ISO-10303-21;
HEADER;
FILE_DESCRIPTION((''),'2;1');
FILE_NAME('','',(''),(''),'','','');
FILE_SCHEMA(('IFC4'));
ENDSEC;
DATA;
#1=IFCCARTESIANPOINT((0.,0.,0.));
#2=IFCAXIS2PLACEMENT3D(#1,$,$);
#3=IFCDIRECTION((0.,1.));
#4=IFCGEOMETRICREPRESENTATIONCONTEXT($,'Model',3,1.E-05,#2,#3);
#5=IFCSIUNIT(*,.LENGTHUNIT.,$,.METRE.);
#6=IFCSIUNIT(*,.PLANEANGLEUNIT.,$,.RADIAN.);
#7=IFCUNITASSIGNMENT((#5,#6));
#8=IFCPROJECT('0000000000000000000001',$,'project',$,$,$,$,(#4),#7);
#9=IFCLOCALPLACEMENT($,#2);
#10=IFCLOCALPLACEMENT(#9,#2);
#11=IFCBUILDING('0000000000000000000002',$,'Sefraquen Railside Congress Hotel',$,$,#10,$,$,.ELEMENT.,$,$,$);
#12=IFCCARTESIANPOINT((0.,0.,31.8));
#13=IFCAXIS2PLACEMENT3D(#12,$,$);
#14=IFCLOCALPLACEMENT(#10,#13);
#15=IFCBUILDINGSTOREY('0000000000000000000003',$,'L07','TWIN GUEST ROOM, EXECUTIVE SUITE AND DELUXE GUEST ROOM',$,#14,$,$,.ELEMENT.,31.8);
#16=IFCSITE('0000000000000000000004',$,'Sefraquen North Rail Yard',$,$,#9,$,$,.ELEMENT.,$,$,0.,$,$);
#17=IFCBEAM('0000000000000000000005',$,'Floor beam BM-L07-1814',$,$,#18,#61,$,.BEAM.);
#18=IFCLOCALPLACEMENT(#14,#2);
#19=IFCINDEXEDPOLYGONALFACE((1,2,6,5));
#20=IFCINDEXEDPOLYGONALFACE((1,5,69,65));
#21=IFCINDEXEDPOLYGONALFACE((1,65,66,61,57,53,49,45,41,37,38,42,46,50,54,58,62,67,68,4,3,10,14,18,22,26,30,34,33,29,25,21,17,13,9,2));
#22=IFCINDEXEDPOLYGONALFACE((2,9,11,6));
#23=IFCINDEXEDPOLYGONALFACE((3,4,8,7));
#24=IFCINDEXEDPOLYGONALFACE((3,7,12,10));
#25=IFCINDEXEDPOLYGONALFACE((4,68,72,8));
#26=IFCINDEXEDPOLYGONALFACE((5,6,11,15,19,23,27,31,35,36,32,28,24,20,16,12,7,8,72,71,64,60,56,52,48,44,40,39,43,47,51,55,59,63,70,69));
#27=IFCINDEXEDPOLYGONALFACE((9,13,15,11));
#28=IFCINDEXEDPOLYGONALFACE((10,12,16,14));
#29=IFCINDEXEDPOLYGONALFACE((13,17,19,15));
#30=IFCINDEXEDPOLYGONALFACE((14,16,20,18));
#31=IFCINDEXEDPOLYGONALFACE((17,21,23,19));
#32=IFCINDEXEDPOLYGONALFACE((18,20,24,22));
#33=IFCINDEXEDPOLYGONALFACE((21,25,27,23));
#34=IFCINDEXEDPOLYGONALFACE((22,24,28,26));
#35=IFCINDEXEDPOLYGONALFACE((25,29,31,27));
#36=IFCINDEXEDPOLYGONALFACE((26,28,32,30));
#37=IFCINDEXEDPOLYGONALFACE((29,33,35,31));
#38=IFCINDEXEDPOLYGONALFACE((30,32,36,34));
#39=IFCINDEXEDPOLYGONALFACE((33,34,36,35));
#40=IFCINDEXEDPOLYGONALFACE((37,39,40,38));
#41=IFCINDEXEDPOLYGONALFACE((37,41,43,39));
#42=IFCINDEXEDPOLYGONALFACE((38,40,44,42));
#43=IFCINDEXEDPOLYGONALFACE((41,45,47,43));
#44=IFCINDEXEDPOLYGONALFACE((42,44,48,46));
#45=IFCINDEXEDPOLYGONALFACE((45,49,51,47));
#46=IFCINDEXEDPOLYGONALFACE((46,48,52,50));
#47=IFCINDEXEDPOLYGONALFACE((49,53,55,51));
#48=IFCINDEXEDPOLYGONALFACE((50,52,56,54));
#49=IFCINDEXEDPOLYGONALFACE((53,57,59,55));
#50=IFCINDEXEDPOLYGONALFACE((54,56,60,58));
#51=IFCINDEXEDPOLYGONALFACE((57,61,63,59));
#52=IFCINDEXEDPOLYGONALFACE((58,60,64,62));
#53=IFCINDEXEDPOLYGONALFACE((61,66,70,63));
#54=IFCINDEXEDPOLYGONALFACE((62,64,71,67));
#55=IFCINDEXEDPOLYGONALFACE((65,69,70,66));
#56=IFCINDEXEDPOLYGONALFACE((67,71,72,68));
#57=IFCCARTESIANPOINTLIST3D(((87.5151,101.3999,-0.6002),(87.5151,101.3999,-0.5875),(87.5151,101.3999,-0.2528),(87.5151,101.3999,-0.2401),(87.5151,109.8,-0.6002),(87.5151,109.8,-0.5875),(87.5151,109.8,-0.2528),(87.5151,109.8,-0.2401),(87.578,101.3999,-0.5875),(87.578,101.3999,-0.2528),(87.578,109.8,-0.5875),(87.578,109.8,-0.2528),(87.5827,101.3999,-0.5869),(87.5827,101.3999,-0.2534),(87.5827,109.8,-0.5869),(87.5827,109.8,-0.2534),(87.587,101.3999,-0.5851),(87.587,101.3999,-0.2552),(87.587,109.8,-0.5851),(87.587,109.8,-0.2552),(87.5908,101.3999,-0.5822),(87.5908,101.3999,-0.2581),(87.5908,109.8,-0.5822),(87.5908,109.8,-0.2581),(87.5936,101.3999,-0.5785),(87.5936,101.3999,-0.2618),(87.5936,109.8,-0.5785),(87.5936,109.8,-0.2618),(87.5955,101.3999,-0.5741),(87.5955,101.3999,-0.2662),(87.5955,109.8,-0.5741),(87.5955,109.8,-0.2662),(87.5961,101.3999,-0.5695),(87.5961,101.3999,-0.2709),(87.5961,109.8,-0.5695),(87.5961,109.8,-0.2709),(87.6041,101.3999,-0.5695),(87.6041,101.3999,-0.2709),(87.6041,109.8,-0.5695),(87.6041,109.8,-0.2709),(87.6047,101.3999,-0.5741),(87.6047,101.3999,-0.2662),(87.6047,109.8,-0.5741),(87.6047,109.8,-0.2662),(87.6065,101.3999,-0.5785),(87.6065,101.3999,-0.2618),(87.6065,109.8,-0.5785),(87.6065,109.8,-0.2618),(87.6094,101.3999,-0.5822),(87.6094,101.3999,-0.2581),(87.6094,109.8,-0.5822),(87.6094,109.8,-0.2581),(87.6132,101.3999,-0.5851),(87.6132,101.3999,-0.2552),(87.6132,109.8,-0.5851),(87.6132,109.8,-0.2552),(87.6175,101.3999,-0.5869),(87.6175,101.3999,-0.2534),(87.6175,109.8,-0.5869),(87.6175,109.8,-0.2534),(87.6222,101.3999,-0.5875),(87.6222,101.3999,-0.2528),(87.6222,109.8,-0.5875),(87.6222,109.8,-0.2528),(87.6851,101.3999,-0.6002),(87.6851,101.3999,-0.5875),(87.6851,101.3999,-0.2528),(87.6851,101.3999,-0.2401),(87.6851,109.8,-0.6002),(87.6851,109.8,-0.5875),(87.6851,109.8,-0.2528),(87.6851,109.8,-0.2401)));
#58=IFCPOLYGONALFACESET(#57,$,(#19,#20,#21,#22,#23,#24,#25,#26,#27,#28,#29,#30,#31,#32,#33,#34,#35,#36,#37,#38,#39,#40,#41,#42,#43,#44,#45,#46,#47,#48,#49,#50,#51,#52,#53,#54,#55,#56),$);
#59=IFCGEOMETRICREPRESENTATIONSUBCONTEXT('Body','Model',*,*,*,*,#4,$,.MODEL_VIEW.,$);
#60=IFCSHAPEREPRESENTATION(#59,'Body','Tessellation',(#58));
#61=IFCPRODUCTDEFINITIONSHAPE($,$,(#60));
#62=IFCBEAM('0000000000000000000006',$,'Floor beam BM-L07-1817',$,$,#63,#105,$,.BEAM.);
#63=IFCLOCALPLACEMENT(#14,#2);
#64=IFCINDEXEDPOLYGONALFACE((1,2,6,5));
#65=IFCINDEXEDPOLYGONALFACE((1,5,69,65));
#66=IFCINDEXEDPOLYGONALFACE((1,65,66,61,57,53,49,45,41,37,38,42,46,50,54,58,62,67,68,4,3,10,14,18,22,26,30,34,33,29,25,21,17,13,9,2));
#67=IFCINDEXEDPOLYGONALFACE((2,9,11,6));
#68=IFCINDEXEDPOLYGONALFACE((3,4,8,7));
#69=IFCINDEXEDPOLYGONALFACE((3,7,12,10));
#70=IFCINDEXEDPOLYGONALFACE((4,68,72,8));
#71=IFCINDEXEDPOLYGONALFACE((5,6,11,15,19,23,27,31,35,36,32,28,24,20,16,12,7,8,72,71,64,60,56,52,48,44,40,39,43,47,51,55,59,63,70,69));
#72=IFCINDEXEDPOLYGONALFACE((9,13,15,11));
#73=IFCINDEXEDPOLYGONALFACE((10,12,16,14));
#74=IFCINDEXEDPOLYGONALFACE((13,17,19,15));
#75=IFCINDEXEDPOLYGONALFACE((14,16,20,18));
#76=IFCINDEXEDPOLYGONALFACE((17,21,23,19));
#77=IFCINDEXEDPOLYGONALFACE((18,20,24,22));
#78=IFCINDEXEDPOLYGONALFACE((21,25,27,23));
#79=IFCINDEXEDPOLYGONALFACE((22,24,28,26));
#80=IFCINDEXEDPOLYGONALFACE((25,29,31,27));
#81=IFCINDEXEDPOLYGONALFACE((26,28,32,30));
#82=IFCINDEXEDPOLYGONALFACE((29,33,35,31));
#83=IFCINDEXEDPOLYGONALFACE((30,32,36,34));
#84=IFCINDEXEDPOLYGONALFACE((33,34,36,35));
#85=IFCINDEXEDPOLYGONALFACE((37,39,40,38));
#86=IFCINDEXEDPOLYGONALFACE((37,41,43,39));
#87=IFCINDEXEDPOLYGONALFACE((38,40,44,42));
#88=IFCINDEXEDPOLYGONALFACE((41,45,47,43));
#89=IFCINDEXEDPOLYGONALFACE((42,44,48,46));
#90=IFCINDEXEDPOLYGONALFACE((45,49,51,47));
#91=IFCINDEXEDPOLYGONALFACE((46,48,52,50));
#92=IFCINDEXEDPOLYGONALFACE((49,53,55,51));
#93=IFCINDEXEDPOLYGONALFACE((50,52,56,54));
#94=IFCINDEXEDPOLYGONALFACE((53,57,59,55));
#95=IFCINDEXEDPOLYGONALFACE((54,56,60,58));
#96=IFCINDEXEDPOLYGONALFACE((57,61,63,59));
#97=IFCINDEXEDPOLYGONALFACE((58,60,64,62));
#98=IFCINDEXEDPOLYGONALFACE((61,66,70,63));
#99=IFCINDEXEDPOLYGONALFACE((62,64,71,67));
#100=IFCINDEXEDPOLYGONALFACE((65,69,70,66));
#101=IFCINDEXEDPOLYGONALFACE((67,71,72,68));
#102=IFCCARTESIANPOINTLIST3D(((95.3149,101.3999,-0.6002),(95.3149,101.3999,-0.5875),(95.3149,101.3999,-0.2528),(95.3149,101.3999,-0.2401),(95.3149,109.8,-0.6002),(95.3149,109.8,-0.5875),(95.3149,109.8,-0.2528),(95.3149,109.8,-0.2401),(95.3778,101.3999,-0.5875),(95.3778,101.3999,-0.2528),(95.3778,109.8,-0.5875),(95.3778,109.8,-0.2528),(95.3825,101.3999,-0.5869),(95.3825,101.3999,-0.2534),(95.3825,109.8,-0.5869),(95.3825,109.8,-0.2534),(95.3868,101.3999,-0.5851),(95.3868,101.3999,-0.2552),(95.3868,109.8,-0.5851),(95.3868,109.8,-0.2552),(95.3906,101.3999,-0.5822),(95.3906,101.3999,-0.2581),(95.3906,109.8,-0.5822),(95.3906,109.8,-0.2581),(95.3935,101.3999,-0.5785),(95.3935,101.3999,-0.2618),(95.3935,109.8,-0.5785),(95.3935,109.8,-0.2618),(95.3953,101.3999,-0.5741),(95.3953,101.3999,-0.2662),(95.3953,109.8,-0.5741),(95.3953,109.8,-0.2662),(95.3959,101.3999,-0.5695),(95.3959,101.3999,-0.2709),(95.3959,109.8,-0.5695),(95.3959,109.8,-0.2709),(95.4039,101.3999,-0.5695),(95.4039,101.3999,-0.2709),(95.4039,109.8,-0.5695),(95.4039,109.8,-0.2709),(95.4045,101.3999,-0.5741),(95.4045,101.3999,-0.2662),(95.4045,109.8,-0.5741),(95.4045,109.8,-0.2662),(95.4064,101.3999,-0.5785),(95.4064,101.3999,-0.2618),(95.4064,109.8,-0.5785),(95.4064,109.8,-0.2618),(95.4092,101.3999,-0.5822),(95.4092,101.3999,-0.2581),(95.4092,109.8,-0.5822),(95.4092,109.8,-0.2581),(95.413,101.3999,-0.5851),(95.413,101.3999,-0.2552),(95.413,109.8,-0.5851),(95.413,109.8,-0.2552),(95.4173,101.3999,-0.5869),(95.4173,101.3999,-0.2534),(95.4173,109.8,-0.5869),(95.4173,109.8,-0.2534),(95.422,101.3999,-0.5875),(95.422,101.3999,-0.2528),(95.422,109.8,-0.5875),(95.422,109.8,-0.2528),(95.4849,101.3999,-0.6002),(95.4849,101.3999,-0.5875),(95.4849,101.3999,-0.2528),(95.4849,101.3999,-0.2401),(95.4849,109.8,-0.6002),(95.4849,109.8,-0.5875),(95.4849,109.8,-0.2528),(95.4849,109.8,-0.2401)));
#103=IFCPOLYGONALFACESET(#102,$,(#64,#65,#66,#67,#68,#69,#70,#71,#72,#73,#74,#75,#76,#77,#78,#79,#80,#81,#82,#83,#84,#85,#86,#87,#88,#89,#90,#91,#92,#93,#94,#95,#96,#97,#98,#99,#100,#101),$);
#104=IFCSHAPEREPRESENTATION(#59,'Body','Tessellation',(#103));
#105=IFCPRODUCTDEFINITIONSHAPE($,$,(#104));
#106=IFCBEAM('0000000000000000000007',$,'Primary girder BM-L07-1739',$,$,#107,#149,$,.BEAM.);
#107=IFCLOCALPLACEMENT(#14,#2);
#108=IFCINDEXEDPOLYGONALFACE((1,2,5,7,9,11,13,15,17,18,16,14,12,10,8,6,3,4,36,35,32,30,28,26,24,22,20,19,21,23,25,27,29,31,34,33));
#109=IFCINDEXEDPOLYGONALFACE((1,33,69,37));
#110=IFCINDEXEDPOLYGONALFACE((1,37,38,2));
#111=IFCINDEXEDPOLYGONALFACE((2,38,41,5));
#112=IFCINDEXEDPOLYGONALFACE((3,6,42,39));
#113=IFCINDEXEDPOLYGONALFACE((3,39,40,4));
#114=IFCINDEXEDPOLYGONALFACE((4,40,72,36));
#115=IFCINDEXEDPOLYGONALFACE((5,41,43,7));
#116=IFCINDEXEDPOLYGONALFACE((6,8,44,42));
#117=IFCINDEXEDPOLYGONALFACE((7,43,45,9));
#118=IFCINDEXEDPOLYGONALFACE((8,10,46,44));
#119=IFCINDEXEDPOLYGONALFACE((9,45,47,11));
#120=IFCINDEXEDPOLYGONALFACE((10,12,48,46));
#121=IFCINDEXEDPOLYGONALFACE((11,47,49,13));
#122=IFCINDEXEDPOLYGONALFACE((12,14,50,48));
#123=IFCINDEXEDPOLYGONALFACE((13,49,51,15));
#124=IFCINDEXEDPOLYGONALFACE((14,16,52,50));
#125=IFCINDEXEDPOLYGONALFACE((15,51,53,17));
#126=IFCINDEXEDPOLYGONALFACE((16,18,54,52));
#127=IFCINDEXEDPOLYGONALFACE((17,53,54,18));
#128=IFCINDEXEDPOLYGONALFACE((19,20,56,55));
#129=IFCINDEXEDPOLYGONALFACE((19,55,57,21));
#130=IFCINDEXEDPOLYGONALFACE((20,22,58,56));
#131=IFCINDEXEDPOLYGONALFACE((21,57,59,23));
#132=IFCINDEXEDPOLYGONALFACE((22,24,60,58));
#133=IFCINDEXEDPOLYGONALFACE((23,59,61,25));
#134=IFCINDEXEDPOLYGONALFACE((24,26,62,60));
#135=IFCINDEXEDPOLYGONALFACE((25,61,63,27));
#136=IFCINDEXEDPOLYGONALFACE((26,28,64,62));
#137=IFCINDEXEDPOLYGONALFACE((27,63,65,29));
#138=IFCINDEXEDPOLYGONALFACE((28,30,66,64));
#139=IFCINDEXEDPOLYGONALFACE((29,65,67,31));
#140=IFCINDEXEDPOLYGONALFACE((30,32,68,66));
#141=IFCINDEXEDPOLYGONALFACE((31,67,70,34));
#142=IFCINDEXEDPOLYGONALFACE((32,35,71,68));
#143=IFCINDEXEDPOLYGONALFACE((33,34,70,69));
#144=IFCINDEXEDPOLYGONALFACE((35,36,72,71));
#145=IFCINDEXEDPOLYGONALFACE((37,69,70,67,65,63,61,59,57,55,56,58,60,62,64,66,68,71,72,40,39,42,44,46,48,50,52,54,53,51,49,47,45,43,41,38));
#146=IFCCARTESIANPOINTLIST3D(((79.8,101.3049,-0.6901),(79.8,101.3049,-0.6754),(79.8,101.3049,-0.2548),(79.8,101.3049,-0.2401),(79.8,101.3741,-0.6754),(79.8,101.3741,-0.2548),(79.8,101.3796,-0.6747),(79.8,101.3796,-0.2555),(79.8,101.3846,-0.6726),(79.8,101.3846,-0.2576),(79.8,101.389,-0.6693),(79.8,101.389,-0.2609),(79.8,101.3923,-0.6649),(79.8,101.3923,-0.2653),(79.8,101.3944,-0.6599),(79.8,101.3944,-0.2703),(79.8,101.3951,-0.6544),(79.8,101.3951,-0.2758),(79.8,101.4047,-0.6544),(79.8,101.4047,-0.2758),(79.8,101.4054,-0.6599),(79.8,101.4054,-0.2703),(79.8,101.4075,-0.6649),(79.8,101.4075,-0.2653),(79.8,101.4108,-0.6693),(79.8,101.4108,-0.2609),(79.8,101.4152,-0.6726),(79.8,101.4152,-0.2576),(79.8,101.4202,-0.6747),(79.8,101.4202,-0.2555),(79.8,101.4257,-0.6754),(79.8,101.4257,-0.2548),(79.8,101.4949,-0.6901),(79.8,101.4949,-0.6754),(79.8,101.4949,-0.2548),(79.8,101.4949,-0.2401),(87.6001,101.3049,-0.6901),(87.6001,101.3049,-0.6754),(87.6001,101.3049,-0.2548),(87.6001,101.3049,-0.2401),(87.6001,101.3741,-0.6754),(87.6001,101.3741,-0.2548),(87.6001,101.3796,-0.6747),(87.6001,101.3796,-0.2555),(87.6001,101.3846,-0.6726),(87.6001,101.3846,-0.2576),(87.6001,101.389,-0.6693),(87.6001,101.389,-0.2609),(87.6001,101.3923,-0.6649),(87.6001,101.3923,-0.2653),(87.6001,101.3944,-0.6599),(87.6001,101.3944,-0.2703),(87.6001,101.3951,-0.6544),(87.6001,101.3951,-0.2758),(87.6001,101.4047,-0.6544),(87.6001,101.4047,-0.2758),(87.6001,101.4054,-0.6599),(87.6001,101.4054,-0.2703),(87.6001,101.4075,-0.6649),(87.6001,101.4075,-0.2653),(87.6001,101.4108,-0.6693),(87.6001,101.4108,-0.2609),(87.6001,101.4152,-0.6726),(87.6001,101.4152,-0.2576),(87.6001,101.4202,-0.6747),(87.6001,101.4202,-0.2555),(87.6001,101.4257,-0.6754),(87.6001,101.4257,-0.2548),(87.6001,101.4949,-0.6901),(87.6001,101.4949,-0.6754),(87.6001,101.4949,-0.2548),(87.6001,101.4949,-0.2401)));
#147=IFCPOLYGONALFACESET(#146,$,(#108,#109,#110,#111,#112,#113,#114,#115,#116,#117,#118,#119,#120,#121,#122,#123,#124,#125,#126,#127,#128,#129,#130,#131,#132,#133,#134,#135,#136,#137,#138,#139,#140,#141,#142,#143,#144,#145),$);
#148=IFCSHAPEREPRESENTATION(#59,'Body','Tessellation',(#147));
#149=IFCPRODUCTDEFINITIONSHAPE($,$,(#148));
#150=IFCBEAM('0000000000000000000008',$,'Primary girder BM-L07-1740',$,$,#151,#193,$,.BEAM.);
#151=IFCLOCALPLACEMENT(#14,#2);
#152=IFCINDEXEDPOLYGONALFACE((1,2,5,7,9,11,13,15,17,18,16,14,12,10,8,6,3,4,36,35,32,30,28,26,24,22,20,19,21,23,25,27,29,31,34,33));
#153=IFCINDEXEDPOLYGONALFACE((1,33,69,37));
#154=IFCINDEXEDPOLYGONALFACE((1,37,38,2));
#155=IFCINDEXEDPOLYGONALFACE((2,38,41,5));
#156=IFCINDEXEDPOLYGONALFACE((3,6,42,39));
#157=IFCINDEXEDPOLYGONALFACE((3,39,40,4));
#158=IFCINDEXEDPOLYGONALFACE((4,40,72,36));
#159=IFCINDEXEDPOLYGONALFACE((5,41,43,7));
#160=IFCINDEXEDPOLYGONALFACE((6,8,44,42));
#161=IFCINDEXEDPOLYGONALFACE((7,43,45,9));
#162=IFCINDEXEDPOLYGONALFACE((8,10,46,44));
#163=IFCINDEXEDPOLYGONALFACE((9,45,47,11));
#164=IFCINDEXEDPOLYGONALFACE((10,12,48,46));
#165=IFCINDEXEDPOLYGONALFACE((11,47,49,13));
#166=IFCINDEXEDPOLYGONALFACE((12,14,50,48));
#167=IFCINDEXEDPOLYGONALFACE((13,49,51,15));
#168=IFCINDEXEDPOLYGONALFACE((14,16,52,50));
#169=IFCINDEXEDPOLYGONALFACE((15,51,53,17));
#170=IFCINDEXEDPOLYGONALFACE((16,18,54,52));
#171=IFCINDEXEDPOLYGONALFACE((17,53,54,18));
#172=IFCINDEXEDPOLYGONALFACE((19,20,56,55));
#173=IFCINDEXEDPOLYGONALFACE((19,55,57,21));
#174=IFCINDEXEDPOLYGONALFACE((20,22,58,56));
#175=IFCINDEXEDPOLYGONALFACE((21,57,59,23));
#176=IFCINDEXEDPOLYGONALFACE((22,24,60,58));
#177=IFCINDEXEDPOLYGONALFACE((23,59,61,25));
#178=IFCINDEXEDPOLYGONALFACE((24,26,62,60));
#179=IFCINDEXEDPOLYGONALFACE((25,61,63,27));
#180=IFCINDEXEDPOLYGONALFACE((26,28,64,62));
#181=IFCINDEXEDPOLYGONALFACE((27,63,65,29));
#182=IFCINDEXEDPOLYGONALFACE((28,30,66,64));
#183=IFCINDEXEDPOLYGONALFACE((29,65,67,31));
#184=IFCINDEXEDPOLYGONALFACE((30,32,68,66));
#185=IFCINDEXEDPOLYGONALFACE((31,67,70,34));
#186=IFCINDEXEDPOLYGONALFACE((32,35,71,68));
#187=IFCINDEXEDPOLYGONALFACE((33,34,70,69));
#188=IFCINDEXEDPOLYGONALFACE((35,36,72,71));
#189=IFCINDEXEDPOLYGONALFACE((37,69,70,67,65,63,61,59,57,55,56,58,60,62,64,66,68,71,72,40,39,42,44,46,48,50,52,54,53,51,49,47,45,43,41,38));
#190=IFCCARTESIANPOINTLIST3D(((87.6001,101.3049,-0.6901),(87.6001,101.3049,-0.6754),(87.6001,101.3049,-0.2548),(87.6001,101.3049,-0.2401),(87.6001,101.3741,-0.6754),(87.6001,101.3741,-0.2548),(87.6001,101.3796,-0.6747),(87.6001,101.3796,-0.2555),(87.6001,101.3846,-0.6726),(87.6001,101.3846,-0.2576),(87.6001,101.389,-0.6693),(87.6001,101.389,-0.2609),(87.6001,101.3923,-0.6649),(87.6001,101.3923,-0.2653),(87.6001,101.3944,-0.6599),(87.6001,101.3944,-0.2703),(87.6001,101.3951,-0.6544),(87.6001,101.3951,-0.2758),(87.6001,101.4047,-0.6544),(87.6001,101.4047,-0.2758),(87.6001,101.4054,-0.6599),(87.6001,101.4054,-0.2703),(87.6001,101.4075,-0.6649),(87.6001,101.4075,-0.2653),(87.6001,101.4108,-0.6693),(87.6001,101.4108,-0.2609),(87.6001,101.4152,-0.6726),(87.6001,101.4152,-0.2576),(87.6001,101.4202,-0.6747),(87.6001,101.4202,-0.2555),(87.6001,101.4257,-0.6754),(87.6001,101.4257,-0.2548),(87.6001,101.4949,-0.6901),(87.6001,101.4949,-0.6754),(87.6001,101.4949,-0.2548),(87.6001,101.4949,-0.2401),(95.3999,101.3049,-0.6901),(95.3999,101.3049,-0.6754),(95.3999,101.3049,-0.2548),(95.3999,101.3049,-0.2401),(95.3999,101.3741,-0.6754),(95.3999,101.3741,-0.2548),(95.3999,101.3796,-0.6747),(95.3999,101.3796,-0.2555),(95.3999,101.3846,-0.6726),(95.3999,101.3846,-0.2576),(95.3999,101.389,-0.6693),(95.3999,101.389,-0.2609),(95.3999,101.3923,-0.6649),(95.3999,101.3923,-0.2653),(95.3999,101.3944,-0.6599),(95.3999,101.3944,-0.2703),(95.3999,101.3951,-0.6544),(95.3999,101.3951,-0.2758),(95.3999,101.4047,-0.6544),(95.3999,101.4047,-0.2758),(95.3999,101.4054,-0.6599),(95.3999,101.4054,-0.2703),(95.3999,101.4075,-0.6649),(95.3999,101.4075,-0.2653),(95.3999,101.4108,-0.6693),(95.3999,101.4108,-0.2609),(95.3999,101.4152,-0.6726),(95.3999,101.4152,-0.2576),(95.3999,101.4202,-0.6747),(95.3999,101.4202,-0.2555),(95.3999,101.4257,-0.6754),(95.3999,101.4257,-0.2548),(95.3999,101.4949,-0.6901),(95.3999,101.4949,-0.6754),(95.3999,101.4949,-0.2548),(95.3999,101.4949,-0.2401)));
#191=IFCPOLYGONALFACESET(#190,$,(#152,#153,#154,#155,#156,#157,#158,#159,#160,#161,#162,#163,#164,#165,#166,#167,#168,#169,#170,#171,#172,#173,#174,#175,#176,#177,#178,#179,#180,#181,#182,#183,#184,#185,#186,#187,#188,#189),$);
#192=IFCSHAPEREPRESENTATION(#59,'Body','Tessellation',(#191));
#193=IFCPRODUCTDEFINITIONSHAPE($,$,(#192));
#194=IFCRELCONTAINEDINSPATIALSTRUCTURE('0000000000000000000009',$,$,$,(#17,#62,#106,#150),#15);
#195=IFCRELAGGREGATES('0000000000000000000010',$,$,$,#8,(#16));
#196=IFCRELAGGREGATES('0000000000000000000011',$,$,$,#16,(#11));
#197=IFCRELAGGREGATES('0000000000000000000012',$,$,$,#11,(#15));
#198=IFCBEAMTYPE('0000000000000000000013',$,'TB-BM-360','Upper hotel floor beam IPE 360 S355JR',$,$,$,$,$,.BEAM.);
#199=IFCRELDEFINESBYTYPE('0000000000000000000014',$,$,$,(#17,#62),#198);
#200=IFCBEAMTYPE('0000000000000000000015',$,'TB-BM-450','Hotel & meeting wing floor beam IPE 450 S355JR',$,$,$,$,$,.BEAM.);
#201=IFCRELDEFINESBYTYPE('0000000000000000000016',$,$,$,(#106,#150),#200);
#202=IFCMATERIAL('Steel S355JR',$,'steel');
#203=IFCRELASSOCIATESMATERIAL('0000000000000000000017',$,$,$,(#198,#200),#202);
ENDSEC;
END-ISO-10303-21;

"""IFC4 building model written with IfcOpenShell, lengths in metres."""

from ifc_helpers import new_model, si_unit, direction, frame, origin, origin_2d, place, context, subcontext, project, spatial, i_section, extrude, material, material_profile, profile_set, type_object, element, save


model = new_model("IFC4")

# Units and contexts
model_context = context("Model", 3, precision=1e-05, world=origin(), true_north=direction((0.0, 1.0)))
body_context = subcontext(model_context, "Body", "Model", "MODEL_VIEW")
ifc_project = project(units=[si_unit("LENGTHUNIT", "METRE"), si_unit("PLANEANGLEUNIT", "RADIAN")], contexts=[model_context])

# Site, building, storey
site_placement = place(None, origin())
site = spatial("IfcSite", under=ifc_project, at=site_placement, Name="Sefraquen North Rail Yard", CompositionType="ELEMENT", RefElevation=0.0)
building_placement = place(site_placement, origin())
building = spatial("IfcBuilding", under=site, at=building_placement, Name="Sefraquen Railside Congress Hotel", CompositionType="ELEMENT")
storey_placement = place(building_placement, frame((0.0, 0.0, 31.8)))
storey = spatial("IfcBuildingStorey", under=building, at=storey_placement, Name="L07", Description="TWIN GUEST ROOM, EXECUTIVE SUITE AND DELUXE GUEST ROOM", CompositionType="ELEMENT", Elevation=31.8)

# Shared definitions
ifc_material_1 = material(Name="Steel S355JR", Category="steel")

# Beams
ifc_material_profile_1 = material_profile(ifc_material_1, i_section(OverallWidth=0.1699, OverallDepth=0.3601, WebThickness=0.0081, FlangeThickness=0.0127, FilletRadius=0.0181, at=origin_2d()), Name="IPE 360")
ifc_profile_set_1 = profile_set([ifc_material_profile_1], Name="Steel S355JR")
beam_type_1 = type_object("IfcBeamType", Name="TB-BM-360", Description="Upper hotel floor beam IPE 360 S355JR", PredefinedType="BEAM", material=ifc_profile_set_1)
for number, where, z_axis, x_axis, name in (
    (1, (87.6001, 101.3999, -0.4202), (0.0, 1.0, 0.0), (-1.0, 0.0, 0.0), "Floor beam BM-L07-1814"),
    (2, (95.3999, 101.3999, -0.4202), (0.0, 1.0, 0.0), (-1.0, 0.0, 0.0), "Floor beam BM-L07-1817"),
):
    element("IfcBeam", number, at=place(storey_placement, frame(where, z_axis=z_axis, x_axis=x_axis)), inside=storey, type_object=beam_type_1, Name=name, PredefinedType="BEAM", context=body_context, shape_type="SweptSolid", body=[
        extrude(i_section(OverallWidth=0.1699, OverallDepth=0.3601, WebThickness=0.0081, FlangeThickness=0.0127, FilletRadius=0.0181, at=origin_2d()), origin(), (0.0, 0.0, 1.0), 8.4001),
    ])
ifc_material_profile_2 = material_profile(ifc_material_1, i_section(OverallWidth=0.1899, OverallDepth=0.45, WebThickness=0.0095, FlangeThickness=0.0146, FilletRadius=0.021, at=origin_2d()), Name="IPE 450")
ifc_profile_set_2 = profile_set([ifc_material_profile_2], Name="Steel S355JR")
beam_type_2 = type_object("IfcBeamType", Name="TB-BM-450", Description="Hotel & meeting wing floor beam IPE 450 S355JR", PredefinedType="BEAM", material=ifc_profile_set_2)
beam_1_placement = place(storey_placement, frame((79.8, 101.3999, -0.4651), z_axis=(1.0, 0.0, 0.0), x_axis=(0.0, 1.0, 0.0)))
element("IfcBeam", 3, at=beam_1_placement, inside=storey, type_object=beam_type_2, Name="Primary girder BM-L07-1739", PredefinedType="BEAM", context=body_context, shape_type="SweptSolid", body=[
    extrude(i_section(OverallWidth=0.1899, OverallDepth=0.45, WebThickness=0.0095, FlangeThickness=0.0146, FilletRadius=0.021, at=origin_2d()), origin(), (0.0, 0.0, 1.0), 7.8),
])
beam_2_placement = place(storey_placement, frame((87.6001, 101.3999, -0.4651), z_axis=(1.0, 0.0, 0.0), x_axis=(0.0, 1.0, 0.0)))
element("IfcBeam", 4, at=beam_2_placement, inside=storey, type_object=beam_type_2, Name="Primary girder BM-L07-1740", PredefinedType="BEAM", context=body_context, shape_type="SweptSolid", body=[
    extrude(i_section(OverallWidth=0.1899, OverallDepth=0.45, WebThickness=0.0095, FlangeThickness=0.0146, FilletRadius=0.021, at=origin_2d()), origin(), (0.0, 0.0, 1.0), 7.7998),
])

save(model, "model.ifc")
